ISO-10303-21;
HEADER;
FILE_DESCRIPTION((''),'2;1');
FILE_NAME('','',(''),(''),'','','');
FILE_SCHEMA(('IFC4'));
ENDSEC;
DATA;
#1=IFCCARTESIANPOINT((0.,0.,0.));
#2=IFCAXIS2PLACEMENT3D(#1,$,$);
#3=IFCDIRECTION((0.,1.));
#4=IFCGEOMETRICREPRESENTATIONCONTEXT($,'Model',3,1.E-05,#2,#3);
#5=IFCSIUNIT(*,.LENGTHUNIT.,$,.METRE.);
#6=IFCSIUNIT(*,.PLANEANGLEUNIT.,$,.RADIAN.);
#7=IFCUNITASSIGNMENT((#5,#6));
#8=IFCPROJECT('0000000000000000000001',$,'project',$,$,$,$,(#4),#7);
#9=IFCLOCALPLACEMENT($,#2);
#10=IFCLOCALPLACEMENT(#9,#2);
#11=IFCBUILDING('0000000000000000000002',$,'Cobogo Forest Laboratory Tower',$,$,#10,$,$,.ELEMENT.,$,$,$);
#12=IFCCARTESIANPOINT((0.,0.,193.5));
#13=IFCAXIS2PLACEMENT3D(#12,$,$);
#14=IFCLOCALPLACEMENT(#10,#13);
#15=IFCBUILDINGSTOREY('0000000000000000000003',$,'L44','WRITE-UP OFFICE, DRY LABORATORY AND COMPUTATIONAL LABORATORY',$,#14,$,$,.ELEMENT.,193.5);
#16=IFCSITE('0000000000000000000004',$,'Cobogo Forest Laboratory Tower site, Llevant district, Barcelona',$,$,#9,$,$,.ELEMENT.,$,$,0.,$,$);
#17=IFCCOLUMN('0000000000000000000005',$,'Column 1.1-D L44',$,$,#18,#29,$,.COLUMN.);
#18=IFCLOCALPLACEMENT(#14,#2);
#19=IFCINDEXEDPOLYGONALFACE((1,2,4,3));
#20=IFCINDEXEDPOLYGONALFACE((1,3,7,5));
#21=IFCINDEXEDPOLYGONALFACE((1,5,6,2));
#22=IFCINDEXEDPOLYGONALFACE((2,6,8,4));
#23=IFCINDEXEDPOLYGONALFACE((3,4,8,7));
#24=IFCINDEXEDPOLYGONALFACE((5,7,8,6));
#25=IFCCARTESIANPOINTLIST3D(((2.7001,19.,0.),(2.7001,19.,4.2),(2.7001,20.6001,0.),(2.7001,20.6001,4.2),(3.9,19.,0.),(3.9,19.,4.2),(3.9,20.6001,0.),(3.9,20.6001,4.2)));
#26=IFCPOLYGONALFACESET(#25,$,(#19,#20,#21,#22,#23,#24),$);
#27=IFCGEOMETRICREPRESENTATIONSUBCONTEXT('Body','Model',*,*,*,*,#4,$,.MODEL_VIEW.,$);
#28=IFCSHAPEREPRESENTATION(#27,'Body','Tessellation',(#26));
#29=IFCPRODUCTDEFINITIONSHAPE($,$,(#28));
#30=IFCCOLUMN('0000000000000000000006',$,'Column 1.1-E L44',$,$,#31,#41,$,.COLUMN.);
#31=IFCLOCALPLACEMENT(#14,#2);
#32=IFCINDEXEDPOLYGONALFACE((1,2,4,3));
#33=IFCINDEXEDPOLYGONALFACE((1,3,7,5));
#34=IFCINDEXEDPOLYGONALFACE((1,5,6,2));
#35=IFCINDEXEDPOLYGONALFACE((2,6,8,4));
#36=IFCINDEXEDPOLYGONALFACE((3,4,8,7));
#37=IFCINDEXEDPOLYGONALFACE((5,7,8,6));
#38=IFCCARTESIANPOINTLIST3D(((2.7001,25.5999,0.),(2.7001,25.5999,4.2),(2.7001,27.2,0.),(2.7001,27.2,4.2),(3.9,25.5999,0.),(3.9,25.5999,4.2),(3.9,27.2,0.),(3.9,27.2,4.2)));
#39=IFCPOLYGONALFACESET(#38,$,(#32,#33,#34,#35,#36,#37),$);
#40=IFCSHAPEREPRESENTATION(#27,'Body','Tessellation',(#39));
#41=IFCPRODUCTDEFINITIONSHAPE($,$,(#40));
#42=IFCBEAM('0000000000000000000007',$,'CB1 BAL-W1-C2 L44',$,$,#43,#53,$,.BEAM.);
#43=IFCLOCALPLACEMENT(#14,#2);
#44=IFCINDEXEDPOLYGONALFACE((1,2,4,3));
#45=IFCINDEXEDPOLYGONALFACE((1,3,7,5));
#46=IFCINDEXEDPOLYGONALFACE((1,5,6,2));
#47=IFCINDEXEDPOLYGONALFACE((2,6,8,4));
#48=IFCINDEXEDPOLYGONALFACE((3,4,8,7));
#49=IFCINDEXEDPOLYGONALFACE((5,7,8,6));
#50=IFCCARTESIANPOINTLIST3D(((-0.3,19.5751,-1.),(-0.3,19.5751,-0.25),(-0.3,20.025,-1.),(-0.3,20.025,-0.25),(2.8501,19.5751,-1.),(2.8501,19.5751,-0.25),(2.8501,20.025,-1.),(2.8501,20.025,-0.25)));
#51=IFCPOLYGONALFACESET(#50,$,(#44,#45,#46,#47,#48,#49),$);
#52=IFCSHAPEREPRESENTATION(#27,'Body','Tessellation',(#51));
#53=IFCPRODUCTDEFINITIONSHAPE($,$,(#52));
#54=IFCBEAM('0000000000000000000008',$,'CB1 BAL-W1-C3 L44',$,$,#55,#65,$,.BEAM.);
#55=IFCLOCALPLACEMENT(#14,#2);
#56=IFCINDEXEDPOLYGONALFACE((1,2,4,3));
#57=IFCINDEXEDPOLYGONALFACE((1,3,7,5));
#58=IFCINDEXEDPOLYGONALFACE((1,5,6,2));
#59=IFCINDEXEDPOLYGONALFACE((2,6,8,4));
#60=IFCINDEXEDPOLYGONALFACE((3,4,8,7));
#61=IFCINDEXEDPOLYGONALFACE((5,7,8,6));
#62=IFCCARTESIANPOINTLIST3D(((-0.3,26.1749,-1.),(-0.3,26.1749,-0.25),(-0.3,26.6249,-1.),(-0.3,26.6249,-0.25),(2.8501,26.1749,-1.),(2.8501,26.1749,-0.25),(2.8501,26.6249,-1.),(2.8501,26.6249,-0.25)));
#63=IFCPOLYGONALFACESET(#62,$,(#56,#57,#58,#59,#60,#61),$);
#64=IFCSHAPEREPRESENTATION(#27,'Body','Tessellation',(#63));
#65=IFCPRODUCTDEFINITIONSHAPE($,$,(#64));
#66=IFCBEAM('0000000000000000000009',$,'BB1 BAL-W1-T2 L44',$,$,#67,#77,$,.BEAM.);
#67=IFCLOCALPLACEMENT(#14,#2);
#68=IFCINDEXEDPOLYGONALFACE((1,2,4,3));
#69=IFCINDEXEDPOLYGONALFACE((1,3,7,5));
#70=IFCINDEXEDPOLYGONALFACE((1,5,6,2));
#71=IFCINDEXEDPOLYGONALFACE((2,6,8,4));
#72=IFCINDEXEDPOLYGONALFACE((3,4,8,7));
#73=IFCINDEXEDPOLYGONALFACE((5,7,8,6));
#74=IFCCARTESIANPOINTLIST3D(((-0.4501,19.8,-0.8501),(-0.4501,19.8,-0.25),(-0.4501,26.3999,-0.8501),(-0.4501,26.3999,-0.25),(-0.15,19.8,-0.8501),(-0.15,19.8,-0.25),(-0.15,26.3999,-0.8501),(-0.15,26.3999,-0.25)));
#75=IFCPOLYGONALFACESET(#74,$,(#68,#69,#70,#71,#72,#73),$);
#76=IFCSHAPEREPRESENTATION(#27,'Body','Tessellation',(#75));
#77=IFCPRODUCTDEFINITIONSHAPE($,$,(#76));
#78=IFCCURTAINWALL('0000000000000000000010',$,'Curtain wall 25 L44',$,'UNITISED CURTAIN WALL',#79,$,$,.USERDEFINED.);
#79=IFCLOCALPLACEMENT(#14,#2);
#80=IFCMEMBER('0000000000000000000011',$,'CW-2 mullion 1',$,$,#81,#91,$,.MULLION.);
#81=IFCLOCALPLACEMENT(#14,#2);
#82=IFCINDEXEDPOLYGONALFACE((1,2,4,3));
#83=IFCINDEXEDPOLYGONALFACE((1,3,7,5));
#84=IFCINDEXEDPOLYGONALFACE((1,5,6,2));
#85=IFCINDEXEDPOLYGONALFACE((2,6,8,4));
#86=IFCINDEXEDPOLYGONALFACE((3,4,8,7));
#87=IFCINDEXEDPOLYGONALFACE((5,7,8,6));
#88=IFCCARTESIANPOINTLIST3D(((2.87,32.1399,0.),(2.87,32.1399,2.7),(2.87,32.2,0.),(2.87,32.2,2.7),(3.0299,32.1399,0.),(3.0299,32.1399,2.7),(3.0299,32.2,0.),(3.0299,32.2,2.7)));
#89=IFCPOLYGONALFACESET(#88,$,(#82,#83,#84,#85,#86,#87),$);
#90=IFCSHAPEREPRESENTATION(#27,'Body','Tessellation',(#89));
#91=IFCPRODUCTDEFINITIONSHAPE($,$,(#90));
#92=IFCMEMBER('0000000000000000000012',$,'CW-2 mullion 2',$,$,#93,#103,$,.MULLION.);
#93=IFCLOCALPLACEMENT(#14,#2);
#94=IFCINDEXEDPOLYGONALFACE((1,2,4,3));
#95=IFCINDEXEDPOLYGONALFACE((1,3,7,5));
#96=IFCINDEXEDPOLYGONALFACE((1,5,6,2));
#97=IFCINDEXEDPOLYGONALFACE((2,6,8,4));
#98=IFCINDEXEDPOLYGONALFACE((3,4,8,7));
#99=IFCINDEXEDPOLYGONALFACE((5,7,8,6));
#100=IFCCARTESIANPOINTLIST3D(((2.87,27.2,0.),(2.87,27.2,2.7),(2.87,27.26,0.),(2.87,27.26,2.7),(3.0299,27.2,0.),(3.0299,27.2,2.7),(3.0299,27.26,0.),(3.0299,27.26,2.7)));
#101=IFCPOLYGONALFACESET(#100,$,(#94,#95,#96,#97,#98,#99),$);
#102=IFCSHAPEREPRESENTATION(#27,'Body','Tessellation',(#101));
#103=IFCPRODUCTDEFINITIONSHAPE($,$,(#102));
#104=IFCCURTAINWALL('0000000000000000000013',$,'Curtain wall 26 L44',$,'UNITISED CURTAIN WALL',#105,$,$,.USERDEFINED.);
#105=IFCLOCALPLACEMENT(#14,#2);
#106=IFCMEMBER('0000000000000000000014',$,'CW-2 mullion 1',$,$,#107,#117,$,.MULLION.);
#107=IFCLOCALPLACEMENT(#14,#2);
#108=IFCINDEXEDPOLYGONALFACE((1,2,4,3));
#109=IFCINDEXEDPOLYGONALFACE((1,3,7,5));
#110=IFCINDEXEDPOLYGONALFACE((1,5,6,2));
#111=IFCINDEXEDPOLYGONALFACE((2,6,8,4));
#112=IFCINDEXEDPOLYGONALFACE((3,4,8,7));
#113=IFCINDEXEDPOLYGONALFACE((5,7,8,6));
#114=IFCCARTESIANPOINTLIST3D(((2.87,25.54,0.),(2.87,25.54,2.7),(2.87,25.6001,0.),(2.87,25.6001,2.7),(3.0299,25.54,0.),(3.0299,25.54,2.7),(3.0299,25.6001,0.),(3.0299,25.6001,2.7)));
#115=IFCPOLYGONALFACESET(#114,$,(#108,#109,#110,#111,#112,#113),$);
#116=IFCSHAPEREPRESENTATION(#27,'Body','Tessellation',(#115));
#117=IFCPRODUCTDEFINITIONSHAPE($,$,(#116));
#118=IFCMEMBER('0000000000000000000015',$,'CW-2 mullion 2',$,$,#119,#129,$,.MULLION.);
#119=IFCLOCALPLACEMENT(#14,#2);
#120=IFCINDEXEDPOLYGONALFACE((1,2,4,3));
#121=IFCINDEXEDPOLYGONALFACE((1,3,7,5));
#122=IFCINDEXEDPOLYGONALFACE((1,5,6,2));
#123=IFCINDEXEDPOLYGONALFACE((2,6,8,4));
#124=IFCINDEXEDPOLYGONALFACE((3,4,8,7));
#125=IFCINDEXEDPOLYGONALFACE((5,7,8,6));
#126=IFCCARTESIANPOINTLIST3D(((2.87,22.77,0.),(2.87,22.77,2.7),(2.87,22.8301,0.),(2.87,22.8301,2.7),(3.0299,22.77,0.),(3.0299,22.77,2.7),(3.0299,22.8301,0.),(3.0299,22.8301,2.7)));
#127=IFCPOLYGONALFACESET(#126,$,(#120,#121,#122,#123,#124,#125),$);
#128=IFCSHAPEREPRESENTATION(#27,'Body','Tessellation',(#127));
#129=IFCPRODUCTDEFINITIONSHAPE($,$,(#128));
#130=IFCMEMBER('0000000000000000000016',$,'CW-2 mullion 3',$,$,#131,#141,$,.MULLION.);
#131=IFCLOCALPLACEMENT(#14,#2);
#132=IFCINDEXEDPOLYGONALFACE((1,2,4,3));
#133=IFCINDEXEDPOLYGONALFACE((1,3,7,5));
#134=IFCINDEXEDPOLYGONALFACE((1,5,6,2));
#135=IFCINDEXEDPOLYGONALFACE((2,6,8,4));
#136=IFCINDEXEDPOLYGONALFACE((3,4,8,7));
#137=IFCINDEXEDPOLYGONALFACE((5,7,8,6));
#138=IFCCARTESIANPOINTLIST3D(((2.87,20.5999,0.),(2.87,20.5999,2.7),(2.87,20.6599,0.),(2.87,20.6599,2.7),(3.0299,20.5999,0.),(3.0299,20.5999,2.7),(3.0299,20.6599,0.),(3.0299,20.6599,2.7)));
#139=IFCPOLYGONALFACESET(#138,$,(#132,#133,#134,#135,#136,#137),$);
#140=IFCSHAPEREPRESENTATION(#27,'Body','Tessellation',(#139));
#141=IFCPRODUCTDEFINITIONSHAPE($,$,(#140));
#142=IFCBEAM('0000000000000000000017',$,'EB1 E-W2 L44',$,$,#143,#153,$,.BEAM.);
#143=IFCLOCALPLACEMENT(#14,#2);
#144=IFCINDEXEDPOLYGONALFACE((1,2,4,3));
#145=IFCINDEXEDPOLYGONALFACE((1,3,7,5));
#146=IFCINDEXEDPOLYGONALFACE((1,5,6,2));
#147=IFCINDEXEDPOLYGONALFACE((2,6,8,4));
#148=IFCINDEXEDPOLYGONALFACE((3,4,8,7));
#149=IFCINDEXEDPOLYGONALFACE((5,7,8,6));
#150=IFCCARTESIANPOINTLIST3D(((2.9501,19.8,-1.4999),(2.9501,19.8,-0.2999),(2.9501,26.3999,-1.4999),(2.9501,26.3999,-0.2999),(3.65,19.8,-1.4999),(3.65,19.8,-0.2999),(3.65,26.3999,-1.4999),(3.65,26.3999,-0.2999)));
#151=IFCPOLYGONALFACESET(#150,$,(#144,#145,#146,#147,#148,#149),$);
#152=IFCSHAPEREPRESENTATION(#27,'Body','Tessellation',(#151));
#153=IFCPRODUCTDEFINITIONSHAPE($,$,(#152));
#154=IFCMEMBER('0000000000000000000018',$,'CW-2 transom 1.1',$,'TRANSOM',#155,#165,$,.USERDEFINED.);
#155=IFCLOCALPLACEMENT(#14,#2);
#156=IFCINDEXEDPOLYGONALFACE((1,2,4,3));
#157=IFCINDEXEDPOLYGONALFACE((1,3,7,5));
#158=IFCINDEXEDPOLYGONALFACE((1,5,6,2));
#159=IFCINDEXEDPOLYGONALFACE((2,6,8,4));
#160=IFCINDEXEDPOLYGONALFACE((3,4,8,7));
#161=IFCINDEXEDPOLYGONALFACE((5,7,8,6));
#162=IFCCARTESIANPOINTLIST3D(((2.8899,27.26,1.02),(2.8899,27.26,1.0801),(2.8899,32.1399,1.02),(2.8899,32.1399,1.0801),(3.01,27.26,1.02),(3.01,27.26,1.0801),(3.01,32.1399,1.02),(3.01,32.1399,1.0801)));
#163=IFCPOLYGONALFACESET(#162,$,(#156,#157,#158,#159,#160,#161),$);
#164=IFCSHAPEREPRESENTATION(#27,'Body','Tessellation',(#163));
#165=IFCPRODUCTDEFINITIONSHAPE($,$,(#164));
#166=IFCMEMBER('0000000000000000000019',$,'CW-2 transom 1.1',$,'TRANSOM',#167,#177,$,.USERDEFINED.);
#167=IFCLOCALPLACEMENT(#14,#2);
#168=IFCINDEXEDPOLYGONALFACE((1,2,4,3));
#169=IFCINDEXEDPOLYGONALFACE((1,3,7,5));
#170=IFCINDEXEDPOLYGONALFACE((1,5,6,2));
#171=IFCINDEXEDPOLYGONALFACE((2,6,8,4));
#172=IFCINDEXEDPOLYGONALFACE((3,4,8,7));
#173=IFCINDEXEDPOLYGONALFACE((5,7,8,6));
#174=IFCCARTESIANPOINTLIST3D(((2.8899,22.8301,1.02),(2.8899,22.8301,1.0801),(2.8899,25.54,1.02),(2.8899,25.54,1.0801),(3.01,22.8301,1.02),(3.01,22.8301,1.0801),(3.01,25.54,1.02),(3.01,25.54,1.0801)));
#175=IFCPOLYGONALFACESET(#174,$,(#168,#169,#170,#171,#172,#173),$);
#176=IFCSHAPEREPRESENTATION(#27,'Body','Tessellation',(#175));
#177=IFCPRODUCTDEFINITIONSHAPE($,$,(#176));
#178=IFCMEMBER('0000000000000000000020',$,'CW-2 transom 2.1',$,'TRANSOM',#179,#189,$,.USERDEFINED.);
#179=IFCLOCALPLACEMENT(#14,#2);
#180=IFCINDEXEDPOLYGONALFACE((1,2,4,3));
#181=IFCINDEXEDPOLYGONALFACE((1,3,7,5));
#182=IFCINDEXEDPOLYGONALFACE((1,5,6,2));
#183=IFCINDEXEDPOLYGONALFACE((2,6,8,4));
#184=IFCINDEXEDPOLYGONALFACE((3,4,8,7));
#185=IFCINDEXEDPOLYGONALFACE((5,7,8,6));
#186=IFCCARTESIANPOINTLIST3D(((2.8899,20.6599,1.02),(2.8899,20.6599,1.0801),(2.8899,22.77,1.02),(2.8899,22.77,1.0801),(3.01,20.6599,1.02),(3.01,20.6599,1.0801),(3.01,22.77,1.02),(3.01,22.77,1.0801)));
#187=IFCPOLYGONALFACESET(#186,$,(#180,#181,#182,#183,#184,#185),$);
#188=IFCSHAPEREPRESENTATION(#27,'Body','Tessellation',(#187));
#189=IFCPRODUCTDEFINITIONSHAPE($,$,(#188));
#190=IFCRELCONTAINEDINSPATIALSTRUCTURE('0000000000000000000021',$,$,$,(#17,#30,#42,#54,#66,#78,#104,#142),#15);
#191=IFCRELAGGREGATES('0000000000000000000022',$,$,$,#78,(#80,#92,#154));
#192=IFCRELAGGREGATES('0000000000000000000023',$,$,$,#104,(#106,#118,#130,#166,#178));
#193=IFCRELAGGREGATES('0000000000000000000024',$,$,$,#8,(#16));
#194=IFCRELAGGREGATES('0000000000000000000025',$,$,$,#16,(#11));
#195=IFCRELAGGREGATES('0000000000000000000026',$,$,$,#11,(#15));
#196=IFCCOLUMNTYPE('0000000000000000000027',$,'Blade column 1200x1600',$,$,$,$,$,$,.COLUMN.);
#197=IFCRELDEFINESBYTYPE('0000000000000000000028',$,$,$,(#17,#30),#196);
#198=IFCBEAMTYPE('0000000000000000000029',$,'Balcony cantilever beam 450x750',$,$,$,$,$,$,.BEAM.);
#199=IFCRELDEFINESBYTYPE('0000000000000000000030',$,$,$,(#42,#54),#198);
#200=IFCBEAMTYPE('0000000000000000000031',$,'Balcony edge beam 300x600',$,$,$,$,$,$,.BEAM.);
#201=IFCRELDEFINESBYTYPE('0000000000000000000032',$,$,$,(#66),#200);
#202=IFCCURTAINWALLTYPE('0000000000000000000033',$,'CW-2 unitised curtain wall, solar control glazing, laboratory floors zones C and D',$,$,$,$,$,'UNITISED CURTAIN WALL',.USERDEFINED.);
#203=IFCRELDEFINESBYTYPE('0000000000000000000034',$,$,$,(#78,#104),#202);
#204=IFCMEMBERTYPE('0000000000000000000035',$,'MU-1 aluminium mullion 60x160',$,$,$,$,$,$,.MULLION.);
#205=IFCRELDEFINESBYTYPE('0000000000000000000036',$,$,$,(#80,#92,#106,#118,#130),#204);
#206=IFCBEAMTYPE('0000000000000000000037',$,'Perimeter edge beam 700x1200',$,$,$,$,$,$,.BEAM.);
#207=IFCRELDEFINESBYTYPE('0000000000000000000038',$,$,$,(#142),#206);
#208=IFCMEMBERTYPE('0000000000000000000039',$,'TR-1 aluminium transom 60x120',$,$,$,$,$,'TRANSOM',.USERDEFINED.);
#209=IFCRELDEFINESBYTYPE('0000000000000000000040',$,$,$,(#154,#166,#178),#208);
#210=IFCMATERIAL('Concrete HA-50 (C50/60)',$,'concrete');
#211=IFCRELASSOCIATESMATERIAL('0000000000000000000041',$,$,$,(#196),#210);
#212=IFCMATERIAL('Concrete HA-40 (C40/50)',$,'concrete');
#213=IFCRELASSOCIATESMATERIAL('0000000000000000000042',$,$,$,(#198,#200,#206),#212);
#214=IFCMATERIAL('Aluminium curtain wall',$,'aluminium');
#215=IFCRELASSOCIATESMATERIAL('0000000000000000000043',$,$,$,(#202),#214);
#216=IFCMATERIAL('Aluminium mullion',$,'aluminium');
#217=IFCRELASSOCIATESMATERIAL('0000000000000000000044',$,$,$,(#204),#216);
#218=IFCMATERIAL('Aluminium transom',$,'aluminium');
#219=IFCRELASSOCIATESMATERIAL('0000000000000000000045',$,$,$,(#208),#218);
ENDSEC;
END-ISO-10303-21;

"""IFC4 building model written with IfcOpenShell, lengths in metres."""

from ifc_helpers import new_model, si_unit, direction, frame, origin, origin_2d, place, context, subcontext, project, spatial, rectangle, extrude, material, material_profile, profile_set, type_object, element, aggregate, save


model = new_model("IFC4")

# Units and contexts
model_context = context("Model", 3, precision=1e-05, world=origin(), true_north=direction((0.0, 1.0)))
body_context = subcontext(model_context, "Body", "Model", "MODEL_VIEW")
ifc_project = project(units=[si_unit("LENGTHUNIT", "METRE"), si_unit("PLANEANGLEUNIT", "RADIAN")], contexts=[model_context])

# Site, building, storey
site_placement = place(None, origin())
site = spatial("IfcSite", under=ifc_project, at=site_placement, Name="Cobogo Forest Laboratory Tower site, Llevant district, Barcelona", CompositionType="ELEMENT", RefElevation=0.0)
building_placement = place(site_placement, origin())
building = spatial("IfcBuilding", under=site, at=building_placement, Name="Cobogo Forest Laboratory Tower", CompositionType="ELEMENT")
storey_placement = place(building_placement, frame((0.0, 0.0, 193.5)))
storey = spatial("IfcBuildingStorey", under=building, at=storey_placement, Name="L44", Description="WRITE-UP OFFICE, DRY LABORATORY AND COMPUTATIONAL LABORATORY", CompositionType="ELEMENT", Elevation=193.5)

# Columns
ifc_material_1 = material(Name="Concrete HA-50 (C50/60)", Category="concrete")
ifc_material_profile_1 = material_profile(ifc_material_1, rectangle(XDim=1.6001, YDim=1.2, at=origin_2d()), Name="RC 1200x1600")
ifc_profile_set_1 = profile_set([ifc_material_profile_1], Name="Concrete HA-50 (C50/60)")
column_type = type_object("IfcColumnType", Name="Blade column 1200x1600", PredefinedType="COLUMN", material=ifc_profile_set_1)
for number, where, z_axis, x_axis, name in (
    (1, (3.3, 19.8, 0.0), (0.0, 0.0, 1.0), (0.0, 1.0, 0.0), "Column 1.1-D L44"),
    (2, (3.3, 26.3999, 0.0), (0.0, 0.0, 1.0), (0.0, 1.0, 0.0), "Column 1.1-E L44"),
):
    element("IfcColumn", number, at=place(storey_placement, frame(where, z_axis=z_axis, x_axis=x_axis)), inside=storey, type_object=column_type, Name=name, PredefinedType="COLUMN", context=body_context, shape_type="SweptSolid", body=[
        extrude(rectangle(XDim=1.6001, YDim=1.2, at=origin_2d()), origin(), (0.0, 0.0, 1.0), 4.2),
    ])

# Beams
ifc_material_2 = material(Name="Concrete HA-40 (C40/50)", Category="concrete")
ifc_material_profile_2 = material_profile(ifc_material_2, rectangle(XDim=0.45, YDim=0.75, at=origin_2d()), Name="RC 450x750")
ifc_profile_set_2 = profile_set([ifc_material_profile_2], Name="Concrete HA-40 (C40/50)")
beam_type_1 = type_object("IfcBeamType", Name="Balcony cantilever beam 450x750", PredefinedType="BEAM", material=ifc_profile_set_2)
for number, where, z_axis, x_axis, name in (
    (3, (2.8501, 19.8, -0.625), (-1.0, 0.0, 0.0), (0.0, -1.0, 0.0), "CB1 BAL-W1-C2 L44"),
    (4, (2.8501, 26.3999, -0.625), (-1.0, 0.0, 0.0), (0.0, -1.0, 0.0), "CB1 BAL-W1-C3 L44"),
):
    element("IfcBeam", number, at=place(storey_placement, frame(where, z_axis=z_axis, x_axis=x_axis)), inside=storey, type_object=beam_type_1, Name=name, PredefinedType="BEAM", context=body_context, shape_type="SweptSolid", body=[
        extrude(rectangle(XDim=0.45, YDim=0.75, at=origin_2d()), origin(), (0.0, 0.0, 1.0), 3.1501),
    ])
ifc_material_profile_3 = material_profile(ifc_material_2, rectangle(XDim=0.3, YDim=0.6001, at=origin_2d()), Name="RC 300x600")
ifc_profile_set_3 = profile_set([ifc_material_profile_3], Name="Concrete HA-40 (C40/50)")
beam_type_2 = type_object("IfcBeamType", Name="Balcony edge beam 300x600", PredefinedType="BEAM", material=ifc_profile_set_3)
beam_1_placement = place(storey_placement, frame((-0.3, 19.8, -0.55), z_axis=(0.0, 1.0, 0.0), x_axis=(-1.0, 0.0, 0.0)))
element("IfcBeam", 5, at=beam_1_placement, inside=storey, type_object=beam_type_2, Name="BB1 BAL-W1-T2 L44", PredefinedType="BEAM", context=body_context, shape_type="SweptSolid", body=[
    extrude(rectangle(XDim=0.3, YDim=0.6001, at=origin_2d()), origin(), (0.0, 0.0, 1.0), 6.5999),
])

# Curtain walls, members
ifc_material_3 = material(Name="Aluminium curtain wall", Category="aluminium")
curtain_wall_type = type_object("IfcCurtainWallType", Name="CW-2 unitised curtain wall, solar control glazing, laboratory floors zones C and D", ElementType="UNITISED CURTAIN WALL", PredefinedType="USERDEFINED", material=ifc_material_3)
curtain_wall_1_placement = place(storey_placement, origin())
curtain_wall_1 = element("IfcCurtainWall", 6, at=curtain_wall_1_placement, inside=storey, type_object=curtain_wall_type, Name="Curtain wall 25 L44", ObjectType="UNITISED CURTAIN WALL", PredefinedType="USERDEFINED")
ifc_material_4 = material(Name="Aluminium mullion", Category="aluminium")
ifc_material_profile_4 = material_profile(ifc_material_4, rectangle(XDim=0.0601, YDim=0.1599, at=origin_2d()), Name="AL 60x160")
ifc_profile_set_4 = profile_set([ifc_material_profile_4], Name="Aluminium mullion")
member_type_1 = type_object("IfcMemberType", Name="MU-1 aluminium mullion 60x160", PredefinedType="MULLION", material=ifc_profile_set_4)
member_1_placement = place(storey_placement, frame((2.95, 32.1699, 0.0), z_axis=(0.0, 0.0, 1.0), x_axis=(0.0, -1.0, 0.0)))
member_1 = element("IfcMember", 7, at=member_1_placement, type_object=member_type_1, Name="CW-2 mullion 1", PredefinedType="MULLION", context=body_context, shape_type="SweptSolid", body=[
    extrude(rectangle(XDim=0.0601, YDim=0.1599, at=origin_2d()), origin(), (0.0, 0.0, 1.0), 2.7),
])
member_2_placement = place(storey_placement, frame((2.95, 27.23, 0.0), z_axis=(0.0, 0.0, 1.0), x_axis=(0.0, -1.0, 0.0)))
member_2 = element("IfcMember", 8, at=member_2_placement, type_object=member_type_1, Name="CW-2 mullion 2", PredefinedType="MULLION", context=body_context, shape_type="SweptSolid", body=[
    extrude(rectangle(XDim=0.0601, YDim=0.1599, at=origin_2d()), origin(), (0.0, 0.0, 1.0), 2.7),
])
curtain_wall_2_placement = place(storey_placement, origin())
curtain_wall_2 = element("IfcCurtainWall", 9, at=curtain_wall_2_placement, inside=storey, type_object=curtain_wall_type, Name="Curtain wall 26 L44", ObjectType="UNITISED CURTAIN WALL", PredefinedType="USERDEFINED")
member_3_placement = place(storey_placement, frame((2.95, 25.5701, 0.0), z_axis=(0.0, 0.0, 1.0), x_axis=(0.0, -1.0, 0.0)))
member_3 = element("IfcMember", 10, at=member_3_placement, type_object=member_type_1, Name="CW-2 mullion 1", PredefinedType="MULLION", context=body_context, shape_type="SweptSolid", body=[
    extrude(rectangle(XDim=0.0601, YDim=0.1599, at=origin_2d()), origin(), (0.0, 0.0, 1.0), 2.7),
])
member_4_placement = place(storey_placement, frame((2.95, 22.8, 0.0), z_axis=(0.0, 0.0, 1.0), x_axis=(0.0, -1.0, 0.0)))
member_4 = element("IfcMember", 11, at=member_4_placement, type_object=member_type_1, Name="CW-2 mullion 2", PredefinedType="MULLION", context=body_context, shape_type="SweptSolid", body=[
    extrude(rectangle(XDim=0.0601, YDim=0.1599, at=origin_2d()), origin(), (0.0, 0.0, 1.0), 2.7),
])
member_5_placement = place(storey_placement, frame((2.95, 20.6299, 0.0), z_axis=(0.0, 0.0, 1.0), x_axis=(0.0, -1.0, 0.0)))
member_5 = element("IfcMember", 12, at=member_5_placement, type_object=member_type_1, Name="CW-2 mullion 3", PredefinedType="MULLION", context=body_context, shape_type="SweptSolid", body=[
    extrude(rectangle(XDim=0.0601, YDim=0.1599, at=origin_2d()), origin(), (0.0, 0.0, 1.0), 2.7),
])

# Beam
ifc_material_profile_5 = material_profile(ifc_material_2, rectangle(XDim=0.7, YDim=1.2, at=origin_2d()), Name="RC 700x1200")
ifc_profile_set_5 = profile_set([ifc_material_profile_5], Name="Concrete HA-40 (C40/50)")
beam_type_3 = type_object("IfcBeamType", Name="Perimeter edge beam 700x1200", PredefinedType="BEAM", material=ifc_profile_set_5)
beam_2_placement = place(storey_placement, frame((3.3, 19.8, -0.8999), z_axis=(0.0, 1.0, 0.0), x_axis=(-1.0, 0.0, 0.0)))
element("IfcBeam", 13, at=beam_2_placement, inside=storey, type_object=beam_type_3, Name="EB1 E-W2 L44", PredefinedType="BEAM", context=body_context, shape_type="SweptSolid", body=[
    extrude(rectangle(XDim=0.7, YDim=1.2, at=origin_2d()), origin(), (0.0, 0.0, 1.0), 6.5999),
])

# Members
ifc_material_5 = material(Name="Aluminium transom", Category="aluminium")
ifc_material_profile_6 = material_profile(ifc_material_5, rectangle(XDim=0.1201, YDim=0.0601, at=origin_2d()), Name="AL 60x120")
ifc_profile_set_6 = profile_set([ifc_material_profile_6], Name="Aluminium transom")
member_type_2 = type_object("IfcMemberType", Name="TR-1 aluminium transom 60x120", ElementType="TRANSOM", PredefinedType="USERDEFINED", material=ifc_profile_set_6)
member_6_placement = place(storey_placement, frame((2.95, 32.1399, 1.05), z_axis=(0.0, -1.0, 0.0), x_axis=(1.0, 0.0, 0.0)))
member_6 = element("IfcMember", 14, at=member_6_placement, type_object=member_type_2, Name="CW-2 transom 1.1", ObjectType="TRANSOM", PredefinedType="USERDEFINED", context=body_context, shape_type="SweptSolid", body=[
    extrude(rectangle(XDim=0.1201, YDim=0.0601, at=origin_2d()), origin(), (0.0, 0.0, 1.0), 4.8799),
])
member_7_placement = place(storey_placement, frame((2.95, 25.54, 1.05), z_axis=(0.0, -1.0, 0.0), x_axis=(1.0, 0.0, 0.0)))
member_7 = element("IfcMember", 15, at=member_7_placement, type_object=member_type_2, Name="CW-2 transom 1.1", ObjectType="TRANSOM", PredefinedType="USERDEFINED", context=body_context, shape_type="SweptSolid", body=[
    extrude(rectangle(XDim=0.1201, YDim=0.0601, at=origin_2d()), origin(), (0.0, 0.0, 1.0), 2.71),
])
member_8_placement = place(storey_placement, frame((2.95, 22.77, 1.05), z_axis=(0.0, -1.0, 0.0), x_axis=(1.0, 0.0, 0.0)))
member_8 = element("IfcMember", 16, at=member_8_placement, type_object=member_type_2, Name="CW-2 transom 2.1", ObjectType="TRANSOM", PredefinedType="USERDEFINED", context=body_context, shape_type="SweptSolid", body=[
    extrude(rectangle(XDim=0.1201, YDim=0.0601, at=origin_2d()), origin(), (0.0, 0.0, 1.0), 2.1101),
])

aggregate(curtain_wall_1, [member_1, member_2, member_6])
aggregate(curtain_wall_2, [member_3, member_4, member_5, member_7, member_8])

save(model, "model.ifc")
